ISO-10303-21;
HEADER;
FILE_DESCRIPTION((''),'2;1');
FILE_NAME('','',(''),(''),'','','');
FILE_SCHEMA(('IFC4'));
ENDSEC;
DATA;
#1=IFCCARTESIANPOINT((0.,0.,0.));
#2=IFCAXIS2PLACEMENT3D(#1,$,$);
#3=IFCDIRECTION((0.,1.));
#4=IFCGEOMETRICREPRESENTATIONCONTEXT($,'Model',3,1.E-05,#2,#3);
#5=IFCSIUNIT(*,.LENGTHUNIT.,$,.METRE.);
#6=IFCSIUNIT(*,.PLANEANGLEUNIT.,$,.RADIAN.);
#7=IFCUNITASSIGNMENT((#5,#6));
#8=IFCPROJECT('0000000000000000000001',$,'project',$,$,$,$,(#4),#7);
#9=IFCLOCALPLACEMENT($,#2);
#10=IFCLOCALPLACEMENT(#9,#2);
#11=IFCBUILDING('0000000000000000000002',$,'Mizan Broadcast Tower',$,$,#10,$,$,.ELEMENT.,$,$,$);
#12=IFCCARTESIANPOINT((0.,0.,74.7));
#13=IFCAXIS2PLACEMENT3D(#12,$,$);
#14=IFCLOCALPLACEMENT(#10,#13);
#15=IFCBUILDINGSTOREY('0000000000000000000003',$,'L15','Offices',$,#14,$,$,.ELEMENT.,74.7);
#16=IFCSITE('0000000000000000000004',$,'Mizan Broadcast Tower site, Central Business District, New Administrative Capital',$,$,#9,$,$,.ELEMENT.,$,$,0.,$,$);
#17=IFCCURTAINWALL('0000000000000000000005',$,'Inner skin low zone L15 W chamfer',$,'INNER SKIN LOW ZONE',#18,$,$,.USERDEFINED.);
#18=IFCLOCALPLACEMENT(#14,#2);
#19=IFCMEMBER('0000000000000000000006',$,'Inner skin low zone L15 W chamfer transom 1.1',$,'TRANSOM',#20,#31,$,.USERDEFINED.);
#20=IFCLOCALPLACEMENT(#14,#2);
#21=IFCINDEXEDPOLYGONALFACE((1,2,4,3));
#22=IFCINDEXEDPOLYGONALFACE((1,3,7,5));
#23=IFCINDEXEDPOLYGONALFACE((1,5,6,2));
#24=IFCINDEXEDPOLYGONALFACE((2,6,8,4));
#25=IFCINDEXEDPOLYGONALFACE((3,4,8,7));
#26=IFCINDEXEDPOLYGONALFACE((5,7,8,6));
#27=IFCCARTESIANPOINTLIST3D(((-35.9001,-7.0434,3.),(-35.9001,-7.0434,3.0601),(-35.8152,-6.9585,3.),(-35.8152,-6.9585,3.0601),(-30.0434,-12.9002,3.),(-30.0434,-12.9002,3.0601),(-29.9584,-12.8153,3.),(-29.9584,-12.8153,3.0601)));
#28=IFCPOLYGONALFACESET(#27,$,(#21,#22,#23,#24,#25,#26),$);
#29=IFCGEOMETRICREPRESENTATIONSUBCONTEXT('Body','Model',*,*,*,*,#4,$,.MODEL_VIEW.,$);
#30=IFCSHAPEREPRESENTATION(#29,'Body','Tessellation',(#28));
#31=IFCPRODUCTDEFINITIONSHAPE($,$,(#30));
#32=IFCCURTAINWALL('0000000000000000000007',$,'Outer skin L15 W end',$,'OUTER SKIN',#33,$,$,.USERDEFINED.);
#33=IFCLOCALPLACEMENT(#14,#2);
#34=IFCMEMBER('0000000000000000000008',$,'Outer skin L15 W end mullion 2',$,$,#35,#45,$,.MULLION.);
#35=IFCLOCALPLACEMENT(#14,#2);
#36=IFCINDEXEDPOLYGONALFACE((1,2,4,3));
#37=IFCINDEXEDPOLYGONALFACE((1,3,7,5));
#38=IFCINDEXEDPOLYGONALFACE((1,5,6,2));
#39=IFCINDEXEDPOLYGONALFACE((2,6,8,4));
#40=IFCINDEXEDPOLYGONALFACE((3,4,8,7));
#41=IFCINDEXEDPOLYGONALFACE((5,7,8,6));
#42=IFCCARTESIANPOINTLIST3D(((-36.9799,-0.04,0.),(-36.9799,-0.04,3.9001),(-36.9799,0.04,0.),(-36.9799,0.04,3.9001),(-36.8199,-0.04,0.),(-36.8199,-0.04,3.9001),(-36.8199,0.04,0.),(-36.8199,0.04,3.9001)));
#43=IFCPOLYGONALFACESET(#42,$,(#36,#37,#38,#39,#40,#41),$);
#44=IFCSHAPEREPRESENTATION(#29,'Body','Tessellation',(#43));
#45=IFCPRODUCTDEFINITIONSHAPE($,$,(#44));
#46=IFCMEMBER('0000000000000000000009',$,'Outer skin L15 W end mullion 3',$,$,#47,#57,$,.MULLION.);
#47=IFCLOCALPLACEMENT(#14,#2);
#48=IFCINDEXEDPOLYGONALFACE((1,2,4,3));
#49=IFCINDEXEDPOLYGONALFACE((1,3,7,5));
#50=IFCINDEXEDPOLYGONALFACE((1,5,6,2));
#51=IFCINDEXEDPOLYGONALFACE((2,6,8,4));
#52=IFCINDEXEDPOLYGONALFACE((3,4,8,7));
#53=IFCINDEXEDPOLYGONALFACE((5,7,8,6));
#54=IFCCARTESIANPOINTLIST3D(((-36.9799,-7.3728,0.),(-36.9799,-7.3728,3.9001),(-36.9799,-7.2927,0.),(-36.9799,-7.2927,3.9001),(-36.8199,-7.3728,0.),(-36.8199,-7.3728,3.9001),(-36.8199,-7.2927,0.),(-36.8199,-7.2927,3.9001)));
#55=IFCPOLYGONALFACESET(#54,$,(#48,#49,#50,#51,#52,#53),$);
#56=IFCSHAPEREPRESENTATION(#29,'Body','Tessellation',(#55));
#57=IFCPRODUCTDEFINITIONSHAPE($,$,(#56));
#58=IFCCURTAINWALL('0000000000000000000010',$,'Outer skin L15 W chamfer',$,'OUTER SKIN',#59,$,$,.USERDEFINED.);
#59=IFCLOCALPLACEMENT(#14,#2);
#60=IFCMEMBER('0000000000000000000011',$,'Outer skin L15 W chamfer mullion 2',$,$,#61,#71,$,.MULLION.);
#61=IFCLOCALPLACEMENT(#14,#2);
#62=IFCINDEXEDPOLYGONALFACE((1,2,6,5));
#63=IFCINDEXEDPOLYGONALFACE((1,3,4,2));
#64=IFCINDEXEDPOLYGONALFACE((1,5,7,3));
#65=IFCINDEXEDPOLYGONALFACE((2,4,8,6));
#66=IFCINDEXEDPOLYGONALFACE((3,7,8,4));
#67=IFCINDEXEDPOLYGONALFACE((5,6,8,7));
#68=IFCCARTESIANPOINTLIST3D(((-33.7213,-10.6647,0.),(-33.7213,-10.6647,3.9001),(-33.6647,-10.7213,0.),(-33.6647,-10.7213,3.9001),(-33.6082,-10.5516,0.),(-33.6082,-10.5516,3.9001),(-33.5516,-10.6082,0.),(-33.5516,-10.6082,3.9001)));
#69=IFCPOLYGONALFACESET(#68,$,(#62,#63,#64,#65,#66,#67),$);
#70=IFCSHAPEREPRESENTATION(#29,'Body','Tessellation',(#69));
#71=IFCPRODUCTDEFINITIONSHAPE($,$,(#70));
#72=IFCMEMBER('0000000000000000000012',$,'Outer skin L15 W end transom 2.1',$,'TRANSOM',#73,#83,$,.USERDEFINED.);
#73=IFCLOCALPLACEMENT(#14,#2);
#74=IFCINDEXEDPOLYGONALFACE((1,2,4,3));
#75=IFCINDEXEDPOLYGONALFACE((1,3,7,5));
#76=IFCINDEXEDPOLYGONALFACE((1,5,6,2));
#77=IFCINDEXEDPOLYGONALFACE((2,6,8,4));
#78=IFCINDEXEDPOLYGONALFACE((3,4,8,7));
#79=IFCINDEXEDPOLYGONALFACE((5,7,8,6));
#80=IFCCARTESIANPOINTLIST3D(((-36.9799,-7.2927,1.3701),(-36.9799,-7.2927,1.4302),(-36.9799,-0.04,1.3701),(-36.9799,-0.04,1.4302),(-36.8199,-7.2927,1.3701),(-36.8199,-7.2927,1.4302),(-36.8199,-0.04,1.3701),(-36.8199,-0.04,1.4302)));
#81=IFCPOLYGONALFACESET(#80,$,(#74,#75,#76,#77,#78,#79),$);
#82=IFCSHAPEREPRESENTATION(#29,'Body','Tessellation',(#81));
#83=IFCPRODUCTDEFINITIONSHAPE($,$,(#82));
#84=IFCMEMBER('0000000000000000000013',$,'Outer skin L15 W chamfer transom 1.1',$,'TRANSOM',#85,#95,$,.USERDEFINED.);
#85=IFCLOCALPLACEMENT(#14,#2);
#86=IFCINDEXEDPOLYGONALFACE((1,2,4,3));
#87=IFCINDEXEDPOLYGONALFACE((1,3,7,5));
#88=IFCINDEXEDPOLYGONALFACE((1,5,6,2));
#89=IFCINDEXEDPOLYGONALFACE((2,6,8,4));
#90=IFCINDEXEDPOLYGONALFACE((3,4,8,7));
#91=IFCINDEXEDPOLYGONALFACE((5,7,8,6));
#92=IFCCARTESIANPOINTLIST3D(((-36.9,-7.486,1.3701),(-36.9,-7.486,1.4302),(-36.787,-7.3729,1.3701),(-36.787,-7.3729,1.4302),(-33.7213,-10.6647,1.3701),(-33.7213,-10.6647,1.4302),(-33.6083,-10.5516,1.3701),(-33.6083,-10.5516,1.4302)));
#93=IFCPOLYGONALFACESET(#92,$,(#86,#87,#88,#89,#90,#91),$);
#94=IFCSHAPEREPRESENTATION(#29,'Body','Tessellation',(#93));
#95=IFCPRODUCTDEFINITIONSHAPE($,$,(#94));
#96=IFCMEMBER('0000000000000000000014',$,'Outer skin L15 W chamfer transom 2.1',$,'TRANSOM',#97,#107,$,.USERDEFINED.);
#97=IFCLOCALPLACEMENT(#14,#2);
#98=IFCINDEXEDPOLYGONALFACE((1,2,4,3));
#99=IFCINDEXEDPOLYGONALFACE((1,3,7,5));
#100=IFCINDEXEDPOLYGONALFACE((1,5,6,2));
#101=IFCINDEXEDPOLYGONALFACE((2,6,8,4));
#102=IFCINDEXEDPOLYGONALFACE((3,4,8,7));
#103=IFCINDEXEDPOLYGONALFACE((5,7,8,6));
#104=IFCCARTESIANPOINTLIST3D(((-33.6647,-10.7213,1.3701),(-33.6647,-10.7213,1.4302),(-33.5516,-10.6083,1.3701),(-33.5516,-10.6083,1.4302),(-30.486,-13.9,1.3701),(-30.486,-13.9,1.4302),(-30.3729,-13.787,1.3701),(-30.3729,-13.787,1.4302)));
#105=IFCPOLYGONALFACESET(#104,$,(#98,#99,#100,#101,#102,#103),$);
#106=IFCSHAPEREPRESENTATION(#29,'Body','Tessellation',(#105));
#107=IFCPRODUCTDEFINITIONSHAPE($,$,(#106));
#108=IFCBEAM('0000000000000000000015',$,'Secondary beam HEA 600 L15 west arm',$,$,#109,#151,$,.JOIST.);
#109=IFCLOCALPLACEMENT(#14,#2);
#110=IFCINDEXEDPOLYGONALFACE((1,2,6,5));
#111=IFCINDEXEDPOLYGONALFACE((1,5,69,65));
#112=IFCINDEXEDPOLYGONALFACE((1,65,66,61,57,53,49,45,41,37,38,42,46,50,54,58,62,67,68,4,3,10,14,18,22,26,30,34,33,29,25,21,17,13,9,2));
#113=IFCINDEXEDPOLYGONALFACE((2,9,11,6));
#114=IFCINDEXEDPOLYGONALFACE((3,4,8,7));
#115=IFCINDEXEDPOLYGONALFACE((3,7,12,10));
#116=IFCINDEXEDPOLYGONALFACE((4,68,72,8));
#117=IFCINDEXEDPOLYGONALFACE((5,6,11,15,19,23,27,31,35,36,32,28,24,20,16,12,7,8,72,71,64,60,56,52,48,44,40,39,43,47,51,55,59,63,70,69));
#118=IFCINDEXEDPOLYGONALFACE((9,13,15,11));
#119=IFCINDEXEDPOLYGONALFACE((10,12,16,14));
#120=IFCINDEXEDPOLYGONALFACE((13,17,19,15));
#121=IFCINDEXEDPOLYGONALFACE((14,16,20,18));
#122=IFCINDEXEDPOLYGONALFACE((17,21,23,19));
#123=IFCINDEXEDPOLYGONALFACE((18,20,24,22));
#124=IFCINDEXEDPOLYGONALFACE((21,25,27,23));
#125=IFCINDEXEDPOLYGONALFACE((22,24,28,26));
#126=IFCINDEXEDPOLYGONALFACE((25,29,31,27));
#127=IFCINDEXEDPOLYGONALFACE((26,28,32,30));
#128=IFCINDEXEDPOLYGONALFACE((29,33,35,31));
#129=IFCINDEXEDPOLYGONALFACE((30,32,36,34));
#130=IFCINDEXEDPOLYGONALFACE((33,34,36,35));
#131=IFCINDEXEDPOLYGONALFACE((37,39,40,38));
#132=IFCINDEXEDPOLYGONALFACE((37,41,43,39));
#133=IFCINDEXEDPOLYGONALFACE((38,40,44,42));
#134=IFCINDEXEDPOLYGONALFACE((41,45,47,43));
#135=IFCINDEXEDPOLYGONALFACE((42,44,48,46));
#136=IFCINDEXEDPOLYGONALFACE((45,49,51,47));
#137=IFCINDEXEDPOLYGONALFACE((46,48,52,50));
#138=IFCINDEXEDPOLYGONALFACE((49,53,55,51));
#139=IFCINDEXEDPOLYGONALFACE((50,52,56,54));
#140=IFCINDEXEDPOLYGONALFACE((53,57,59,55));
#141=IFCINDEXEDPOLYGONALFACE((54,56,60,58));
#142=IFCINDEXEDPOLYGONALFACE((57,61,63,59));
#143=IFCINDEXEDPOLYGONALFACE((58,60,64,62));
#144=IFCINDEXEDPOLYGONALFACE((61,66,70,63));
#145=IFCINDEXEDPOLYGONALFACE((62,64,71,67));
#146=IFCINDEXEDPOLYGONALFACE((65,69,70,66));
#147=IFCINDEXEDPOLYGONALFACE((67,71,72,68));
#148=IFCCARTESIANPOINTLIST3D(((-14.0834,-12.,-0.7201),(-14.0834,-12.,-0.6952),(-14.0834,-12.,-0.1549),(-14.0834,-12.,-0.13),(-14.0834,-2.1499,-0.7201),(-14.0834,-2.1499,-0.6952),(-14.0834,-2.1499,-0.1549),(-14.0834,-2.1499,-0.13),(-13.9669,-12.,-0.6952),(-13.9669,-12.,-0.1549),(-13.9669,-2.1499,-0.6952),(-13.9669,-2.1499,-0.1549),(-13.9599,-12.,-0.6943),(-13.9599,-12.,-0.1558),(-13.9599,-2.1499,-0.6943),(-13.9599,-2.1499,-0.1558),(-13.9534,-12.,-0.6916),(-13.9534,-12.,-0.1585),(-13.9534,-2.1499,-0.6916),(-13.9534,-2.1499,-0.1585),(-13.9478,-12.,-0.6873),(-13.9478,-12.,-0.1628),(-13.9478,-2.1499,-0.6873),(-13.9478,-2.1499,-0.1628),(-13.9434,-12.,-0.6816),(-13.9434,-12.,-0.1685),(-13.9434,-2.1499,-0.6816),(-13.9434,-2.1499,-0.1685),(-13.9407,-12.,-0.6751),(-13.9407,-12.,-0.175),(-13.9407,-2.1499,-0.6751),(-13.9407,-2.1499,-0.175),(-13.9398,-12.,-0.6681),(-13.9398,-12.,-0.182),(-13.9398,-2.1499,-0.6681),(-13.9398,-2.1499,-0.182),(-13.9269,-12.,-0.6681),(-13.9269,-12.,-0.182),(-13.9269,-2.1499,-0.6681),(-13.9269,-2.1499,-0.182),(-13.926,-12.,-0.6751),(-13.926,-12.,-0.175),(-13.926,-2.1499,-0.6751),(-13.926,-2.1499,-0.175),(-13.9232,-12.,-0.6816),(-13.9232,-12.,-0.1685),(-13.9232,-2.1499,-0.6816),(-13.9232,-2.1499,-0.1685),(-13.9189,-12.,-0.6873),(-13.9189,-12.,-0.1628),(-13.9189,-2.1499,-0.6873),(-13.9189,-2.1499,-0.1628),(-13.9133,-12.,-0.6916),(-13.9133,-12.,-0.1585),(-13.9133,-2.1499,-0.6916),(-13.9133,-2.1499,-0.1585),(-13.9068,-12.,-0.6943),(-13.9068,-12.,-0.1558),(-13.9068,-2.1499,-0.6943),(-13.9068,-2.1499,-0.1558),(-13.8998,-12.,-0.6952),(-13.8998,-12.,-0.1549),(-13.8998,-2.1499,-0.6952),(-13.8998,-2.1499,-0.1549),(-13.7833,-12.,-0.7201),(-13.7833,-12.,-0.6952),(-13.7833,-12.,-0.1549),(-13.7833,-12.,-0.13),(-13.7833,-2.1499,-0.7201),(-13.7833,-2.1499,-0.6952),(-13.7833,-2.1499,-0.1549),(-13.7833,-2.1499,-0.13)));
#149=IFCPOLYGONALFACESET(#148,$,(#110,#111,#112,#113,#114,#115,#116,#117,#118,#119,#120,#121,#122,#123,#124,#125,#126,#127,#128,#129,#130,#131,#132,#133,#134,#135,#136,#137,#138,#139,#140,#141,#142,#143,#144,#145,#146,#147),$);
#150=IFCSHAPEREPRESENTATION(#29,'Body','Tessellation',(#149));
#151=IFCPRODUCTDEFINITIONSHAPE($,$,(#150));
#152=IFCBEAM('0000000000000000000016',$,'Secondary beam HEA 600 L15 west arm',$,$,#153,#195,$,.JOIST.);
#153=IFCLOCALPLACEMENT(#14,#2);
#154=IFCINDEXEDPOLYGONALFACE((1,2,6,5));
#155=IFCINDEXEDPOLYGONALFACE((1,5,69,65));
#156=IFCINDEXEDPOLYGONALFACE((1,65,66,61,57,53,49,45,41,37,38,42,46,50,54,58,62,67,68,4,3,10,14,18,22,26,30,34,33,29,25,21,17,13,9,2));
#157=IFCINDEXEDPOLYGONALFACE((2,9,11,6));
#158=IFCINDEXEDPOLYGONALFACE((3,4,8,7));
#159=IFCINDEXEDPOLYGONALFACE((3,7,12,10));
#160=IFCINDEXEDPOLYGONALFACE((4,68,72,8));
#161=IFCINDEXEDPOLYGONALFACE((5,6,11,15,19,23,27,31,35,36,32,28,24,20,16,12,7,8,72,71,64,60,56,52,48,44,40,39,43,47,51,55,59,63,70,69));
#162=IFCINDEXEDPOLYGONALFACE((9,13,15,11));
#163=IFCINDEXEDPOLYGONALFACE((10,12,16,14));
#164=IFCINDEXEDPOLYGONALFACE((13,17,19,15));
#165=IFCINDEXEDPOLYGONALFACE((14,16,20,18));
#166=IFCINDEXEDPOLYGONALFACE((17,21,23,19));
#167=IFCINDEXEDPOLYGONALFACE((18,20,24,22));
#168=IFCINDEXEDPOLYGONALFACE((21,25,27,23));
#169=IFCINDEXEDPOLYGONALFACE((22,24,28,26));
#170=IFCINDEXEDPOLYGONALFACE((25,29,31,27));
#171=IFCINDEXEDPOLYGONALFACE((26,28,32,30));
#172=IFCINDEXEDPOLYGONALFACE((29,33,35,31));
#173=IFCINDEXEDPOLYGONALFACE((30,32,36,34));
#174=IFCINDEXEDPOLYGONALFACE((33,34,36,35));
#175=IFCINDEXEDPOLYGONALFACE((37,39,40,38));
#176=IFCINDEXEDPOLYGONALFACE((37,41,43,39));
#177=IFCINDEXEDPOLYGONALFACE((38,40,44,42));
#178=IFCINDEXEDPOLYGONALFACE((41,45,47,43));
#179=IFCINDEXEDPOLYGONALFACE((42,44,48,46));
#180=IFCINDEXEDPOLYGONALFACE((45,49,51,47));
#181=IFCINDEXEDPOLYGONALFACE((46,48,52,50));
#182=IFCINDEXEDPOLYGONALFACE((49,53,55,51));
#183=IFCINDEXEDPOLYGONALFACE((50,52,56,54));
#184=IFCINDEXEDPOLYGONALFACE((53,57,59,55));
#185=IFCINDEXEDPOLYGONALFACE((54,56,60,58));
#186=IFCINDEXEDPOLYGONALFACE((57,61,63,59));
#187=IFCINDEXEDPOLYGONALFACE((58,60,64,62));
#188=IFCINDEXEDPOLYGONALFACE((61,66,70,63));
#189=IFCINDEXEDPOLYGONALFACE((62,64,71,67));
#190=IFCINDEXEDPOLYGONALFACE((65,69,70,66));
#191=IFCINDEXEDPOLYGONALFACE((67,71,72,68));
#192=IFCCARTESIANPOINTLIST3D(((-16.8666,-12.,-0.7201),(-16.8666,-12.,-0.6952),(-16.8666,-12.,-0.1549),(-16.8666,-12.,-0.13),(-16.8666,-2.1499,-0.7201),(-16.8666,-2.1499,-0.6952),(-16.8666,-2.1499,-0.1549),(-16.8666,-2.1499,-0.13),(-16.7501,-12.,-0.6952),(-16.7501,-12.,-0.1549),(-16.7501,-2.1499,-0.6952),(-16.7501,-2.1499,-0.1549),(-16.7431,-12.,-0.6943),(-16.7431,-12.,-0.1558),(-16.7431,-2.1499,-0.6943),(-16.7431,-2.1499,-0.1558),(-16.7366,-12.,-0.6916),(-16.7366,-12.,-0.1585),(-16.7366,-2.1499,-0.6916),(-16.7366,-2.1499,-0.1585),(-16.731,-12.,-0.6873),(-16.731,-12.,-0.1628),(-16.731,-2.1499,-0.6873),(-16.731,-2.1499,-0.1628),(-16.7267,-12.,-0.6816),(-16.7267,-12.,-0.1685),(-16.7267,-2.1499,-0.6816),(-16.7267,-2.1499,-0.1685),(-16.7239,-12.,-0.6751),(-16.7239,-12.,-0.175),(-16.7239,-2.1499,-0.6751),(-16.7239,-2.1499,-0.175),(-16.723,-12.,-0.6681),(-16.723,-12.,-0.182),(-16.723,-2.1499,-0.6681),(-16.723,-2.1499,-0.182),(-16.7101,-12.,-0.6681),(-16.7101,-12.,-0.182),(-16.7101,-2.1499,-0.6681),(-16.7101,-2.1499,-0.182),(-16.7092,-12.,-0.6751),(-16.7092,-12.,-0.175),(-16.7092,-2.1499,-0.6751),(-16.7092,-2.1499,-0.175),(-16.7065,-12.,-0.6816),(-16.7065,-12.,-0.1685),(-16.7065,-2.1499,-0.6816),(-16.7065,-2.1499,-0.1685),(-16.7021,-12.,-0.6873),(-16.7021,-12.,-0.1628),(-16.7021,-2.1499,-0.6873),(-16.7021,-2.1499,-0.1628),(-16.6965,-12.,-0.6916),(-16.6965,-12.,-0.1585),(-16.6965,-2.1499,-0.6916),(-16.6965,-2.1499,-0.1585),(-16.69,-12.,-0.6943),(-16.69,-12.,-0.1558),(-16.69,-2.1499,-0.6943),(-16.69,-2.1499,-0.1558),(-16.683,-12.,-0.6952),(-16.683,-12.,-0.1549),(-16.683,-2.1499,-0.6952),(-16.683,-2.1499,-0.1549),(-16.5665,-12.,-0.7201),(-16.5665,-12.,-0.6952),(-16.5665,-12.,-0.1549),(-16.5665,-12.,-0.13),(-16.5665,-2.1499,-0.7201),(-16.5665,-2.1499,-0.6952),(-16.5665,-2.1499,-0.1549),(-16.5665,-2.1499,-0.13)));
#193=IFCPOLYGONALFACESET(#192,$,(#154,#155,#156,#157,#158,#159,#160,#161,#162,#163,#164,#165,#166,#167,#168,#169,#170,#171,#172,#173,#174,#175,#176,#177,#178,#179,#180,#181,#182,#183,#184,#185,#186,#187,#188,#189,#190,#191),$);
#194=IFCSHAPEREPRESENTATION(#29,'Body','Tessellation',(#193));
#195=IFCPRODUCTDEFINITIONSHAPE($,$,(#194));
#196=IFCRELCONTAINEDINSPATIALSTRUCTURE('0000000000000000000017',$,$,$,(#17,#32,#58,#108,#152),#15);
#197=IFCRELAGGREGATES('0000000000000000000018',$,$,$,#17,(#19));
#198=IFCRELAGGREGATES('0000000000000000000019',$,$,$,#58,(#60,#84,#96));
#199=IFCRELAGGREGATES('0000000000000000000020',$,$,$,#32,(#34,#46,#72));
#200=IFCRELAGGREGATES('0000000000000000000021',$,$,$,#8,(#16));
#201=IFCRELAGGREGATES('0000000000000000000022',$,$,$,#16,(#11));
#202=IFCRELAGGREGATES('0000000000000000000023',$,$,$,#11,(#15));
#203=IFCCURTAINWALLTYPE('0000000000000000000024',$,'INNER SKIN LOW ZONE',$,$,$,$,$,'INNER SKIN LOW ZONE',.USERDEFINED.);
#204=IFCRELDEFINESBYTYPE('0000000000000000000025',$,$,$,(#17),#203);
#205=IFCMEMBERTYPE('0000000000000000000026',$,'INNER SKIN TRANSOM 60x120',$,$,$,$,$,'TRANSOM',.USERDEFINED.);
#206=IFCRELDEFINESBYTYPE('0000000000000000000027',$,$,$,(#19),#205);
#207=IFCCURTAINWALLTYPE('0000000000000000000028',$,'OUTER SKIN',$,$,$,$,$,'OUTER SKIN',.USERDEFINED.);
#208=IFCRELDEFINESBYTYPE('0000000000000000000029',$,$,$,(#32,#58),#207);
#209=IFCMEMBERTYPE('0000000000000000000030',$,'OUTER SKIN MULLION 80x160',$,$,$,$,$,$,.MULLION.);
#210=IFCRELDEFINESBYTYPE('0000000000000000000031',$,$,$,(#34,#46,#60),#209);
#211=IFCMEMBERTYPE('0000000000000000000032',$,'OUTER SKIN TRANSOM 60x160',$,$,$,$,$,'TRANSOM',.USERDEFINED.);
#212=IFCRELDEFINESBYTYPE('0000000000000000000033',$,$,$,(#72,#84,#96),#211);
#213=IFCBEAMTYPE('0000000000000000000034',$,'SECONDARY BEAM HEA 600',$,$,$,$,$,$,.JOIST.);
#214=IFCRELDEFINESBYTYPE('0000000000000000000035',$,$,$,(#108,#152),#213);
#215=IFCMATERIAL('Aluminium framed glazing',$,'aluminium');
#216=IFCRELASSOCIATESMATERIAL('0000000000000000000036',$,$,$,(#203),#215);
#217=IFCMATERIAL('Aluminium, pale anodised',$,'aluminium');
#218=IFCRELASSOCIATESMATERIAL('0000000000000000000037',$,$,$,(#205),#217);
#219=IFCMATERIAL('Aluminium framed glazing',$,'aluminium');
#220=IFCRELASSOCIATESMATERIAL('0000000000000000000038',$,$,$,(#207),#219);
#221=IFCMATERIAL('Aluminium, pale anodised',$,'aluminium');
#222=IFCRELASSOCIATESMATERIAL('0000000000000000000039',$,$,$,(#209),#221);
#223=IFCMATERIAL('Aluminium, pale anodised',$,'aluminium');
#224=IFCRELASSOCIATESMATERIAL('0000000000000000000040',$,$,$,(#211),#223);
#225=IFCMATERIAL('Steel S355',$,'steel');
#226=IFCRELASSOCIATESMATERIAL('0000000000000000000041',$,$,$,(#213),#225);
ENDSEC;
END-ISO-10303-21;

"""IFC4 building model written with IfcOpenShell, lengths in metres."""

from ifc_helpers import new_model, si_unit, direction, frame, origin, origin_2d, place, context, subcontext, project, spatial, rectangle, i_section, extrude, material, material_profile, profile_set, type_object, element, aggregate, save


model = new_model("IFC4")

# Units and contexts
model_context = context("Model", 3, precision=1e-05, world=origin(), true_north=direction((0.0, 1.0)))
body_context = subcontext(model_context, "Body", "Model", "MODEL_VIEW")
ifc_project = project(units=[si_unit("LENGTHUNIT", "METRE"), si_unit("PLANEANGLEUNIT", "RADIAN")], contexts=[model_context])

# Site, building, storey
site_placement = place(None, origin())
site = spatial("IfcSite", under=ifc_project, at=site_placement, Name="Mizan Broadcast Tower site, Central Business District, New Administrative Capital", CompositionType="ELEMENT", RefElevation=0.0)
building_placement = place(site_placement, origin())
building = spatial("IfcBuilding", under=site, at=building_placement, Name="Mizan Broadcast Tower", CompositionType="ELEMENT")
storey_placement = place(building_placement, frame((0.0, 0.0, 74.7)))
storey = spatial("IfcBuildingStorey", under=building, at=storey_placement, Name="L15", Description="Offices", CompositionType="ELEMENT", Elevation=74.7)

# Shared definitions
ifc_material_1 = material(Name="Aluminium framed glazing", Category="aluminium")
curtain_wall_type_1 = type_object("IfcCurtainWallType", Name="INNER SKIN LOW ZONE", ElementType="INNER SKIN LOW ZONE", PredefinedType="USERDEFINED", material=ifc_material_1)
ifc_material_2 = material(Name="Aluminium, pale anodised", Category="aluminium")
ifc_material_profile_1 = material_profile(ifc_material_2, rectangle(XDim=0.1201, YDim=0.0601, at=origin_2d()), Name="TRANSOM 120x60")
ifc_profile_set_1 = profile_set([ifc_material_profile_1], Name="Aluminium, pale anodised")
member_type_1 = type_object("IfcMemberType", Name="INNER SKIN TRANSOM 60x120", ElementType="TRANSOM", PredefinedType="USERDEFINED", material=ifc_profile_set_1)

# Curtain wall, member
curtain_wall_1_placement = place(storey_placement, origin())
curtain_wall_1 = element("IfcCurtainWall", 1, at=curtain_wall_1_placement, inside=storey, type_object=curtain_wall_type_1, Name="Inner skin low zone L15 W chamfer", ObjectType="INNER SKIN LOW ZONE", PredefinedType="USERDEFINED")
member_1_placement = place(storey_placement, frame((-35.8577, -7.001, 3.03), z_axis=(0.707107, -0.707107, 0.0), x_axis=(0.707107, 0.707107, 0.0)))
member_1 = element("IfcMember", 2, at=member_1_placement, type_object=member_type_1, Name="Inner skin low zone L15 W chamfer transom 1.1", ObjectType="TRANSOM", PredefinedType="USERDEFINED", context=body_context, shape_type="SweptSolid", body=[
    extrude(rectangle(XDim=0.1201, YDim=0.0601, at=origin_2d()), origin(), (0.0, 0.0, 1.0), 8.2827),
])

# Curtain wall, members
ifc_material_3 = material(Name="Aluminium framed glazing", Category="aluminium")
curtain_wall_type_2 = type_object("IfcCurtainWallType", Name="OUTER SKIN", ElementType="OUTER SKIN", PredefinedType="USERDEFINED", material=ifc_material_3)
curtain_wall_2_placement = place(storey_placement, origin())
curtain_wall_2 = element("IfcCurtainWall", 3, at=curtain_wall_2_placement, inside=storey, type_object=curtain_wall_type_2, Name="Outer skin L15 W end", ObjectType="OUTER SKIN", PredefinedType="USERDEFINED")
ifc_material_4 = material(Name="Aluminium, pale anodised", Category="aluminium")
ifc_material_profile_2 = material_profile(ifc_material_4, rectangle(XDim=0.1599, YDim=0.0801, at=origin_2d()), Name="MULLION 160x80")
ifc_profile_set_2 = profile_set([ifc_material_profile_2], Name="Aluminium, pale anodised")
member_type_2 = type_object("IfcMemberType", Name="OUTER SKIN MULLION 80x160", PredefinedType="MULLION", material=ifc_profile_set_2)
member_2_placement = place(storey_placement, frame((-36.8999, 0.0, 0.0), z_axis=(0.0, 0.0, 1.0), x_axis=(1.0, 0.0, 0.0)))
member_2 = element("IfcMember", 4, at=member_2_placement, type_object=member_type_2, Name="Outer skin L15 W end mullion 2", PredefinedType="MULLION", context=body_context, shape_type="SweptSolid", body=[
    extrude(rectangle(XDim=0.1599, YDim=0.0801, at=origin_2d()), origin(), (0.0, 0.0, 1.0), 3.9001),
])
member_3_placement = place(storey_placement, frame((-36.8999, -7.3328, 0.0), z_axis=(0.0, 0.0, 1.0), x_axis=(1.0, 0.0, 0.0)))
member_3 = element("IfcMember", 5, at=member_3_placement, type_object=member_type_2, Name="Outer skin L15 W end mullion 3", PredefinedType="MULLION", context=body_context, shape_type="SweptSolid", body=[
    extrude(rectangle(XDim=0.1599, YDim=0.0801, at=origin_2d()), origin(), (0.0, 0.0, 1.0), 3.9001),
])

# Curtain wall, member
curtain_wall_3_placement = place(storey_placement, origin())
curtain_wall_3 = element("IfcCurtainWall", 6, at=curtain_wall_3_placement, inside=storey, type_object=curtain_wall_type_2, Name="Outer skin L15 W chamfer", ObjectType="OUTER SKIN", PredefinedType="USERDEFINED")
member_4_placement = place(storey_placement, frame((-33.6365, -10.6365, 0.0), z_axis=(0.0, 0.0, 1.0), x_axis=(0.707107, 0.707107, 0.0)))
member_4 = element("IfcMember", 7, at=member_4_placement, type_object=member_type_2, Name="Outer skin L15 W chamfer mullion 2", PredefinedType="MULLION", context=body_context, shape_type="SweptSolid", body=[
    extrude(rectangle(XDim=0.1599, YDim=0.0801, at=origin_2d()), origin(), (0.0, 0.0, 1.0), 3.9001),
])

# Members
ifc_material_5 = material(Name="Aluminium, pale anodised", Category="aluminium")
ifc_material_profile_3 = material_profile(ifc_material_5, rectangle(XDim=0.1599, YDim=0.0601, at=origin_2d()), Name="TRANSOM 160x60")
ifc_profile_set_3 = profile_set([ifc_material_profile_3], Name="Aluminium, pale anodised")
member_type_3 = type_object("IfcMemberType", Name="OUTER SKIN TRANSOM 60x160", ElementType="TRANSOM", PredefinedType="USERDEFINED", material=ifc_profile_set_3)
member_5_placement = place(storey_placement, frame((-36.8999, -0.04, 1.4001), z_axis=(0.0, -1.0, 0.0), x_axis=(1.0, 0.0, 0.0)))
member_5 = element("IfcMember", 8, at=member_5_placement, type_object=member_type_3, Name="Outer skin L15 W end transom 2.1", ObjectType="TRANSOM", PredefinedType="USERDEFINED", context=body_context, shape_type="SweptSolid", body=[
    extrude(rectangle(XDim=0.1599, YDim=0.0601, at=origin_2d()), origin(), (0.0, 0.0, 1.0), 7.2527),
])
member_6_placement = place(storey_placement, frame((-36.8435, -7.4294, 1.4001), z_axis=(0.707107, -0.707107, 0.0), x_axis=(0.707107, 0.707107, 0.0)))
member_6 = element("IfcMember", 9, at=member_6_placement, type_object=member_type_3, Name="Outer skin L15 W chamfer transom 1.1", ObjectType="TRANSOM", PredefinedType="USERDEFINED", context=body_context, shape_type="SweptSolid", body=[
    extrude(rectangle(XDim=0.1599, YDim=0.0601, at=origin_2d()), origin(), (0.0, 0.0, 1.0), 4.4954),
])
member_7_placement = place(storey_placement, frame((-33.6082, -10.6648, 1.4001), z_axis=(0.707107, -0.707107, 0.0), x_axis=(0.707107, 0.707107, 0.0)))
member_7 = element("IfcMember", 10, at=member_7_placement, type_object=member_type_3, Name="Outer skin L15 W chamfer transom 2.1", ObjectType="TRANSOM", PredefinedType="USERDEFINED", context=body_context, shape_type="SweptSolid", body=[
    extrude(rectangle(XDim=0.1599, YDim=0.0601, at=origin_2d()), origin(), (0.0, 0.0, 1.0), 4.4954),
])

# Beams
ifc_material_6 = material(Name="Steel S355", Category="steel")
ifc_material_profile_4 = material_profile(ifc_material_6, i_section(OverallWidth=0.3, OverallDepth=0.5901, WebThickness=0.0129, FlangeThickness=0.0249, FilletRadius=0.0271, at=origin_2d()), Name="HEA 600")
ifc_profile_set_4 = profile_set([ifc_material_profile_4], Name="Steel S355")
beam_type_1 = type_object("IfcBeamType", Name="SECONDARY BEAM HEA 600", PredefinedType="JOIST", material=ifc_profile_set_4)
for number, where, z_axis, x_axis, name in (
    (11, (-13.9333, -12.0, -0.425), (0.0, 1.0, 0.0), (-1.0, 0.0, 0.0), "Secondary beam HEA 600 L15 west arm"),
    (12, (-16.7166, -12.0, -0.425), (0.0, 1.0, 0.0), (-1.0, 0.0, 0.0), "Secondary beam HEA 600 L15 west arm"),
):
    element("IfcBeam", number, at=place(storey_placement, frame(where, z_axis=z_axis, x_axis=x_axis)), inside=storey, type_object=beam_type_1, Name=name, PredefinedType="JOIST", context=body_context, shape_type="SweptSolid", body=[
        extrude(i_section(OverallWidth=0.3, OverallDepth=0.5901, WebThickness=0.0129, FlangeThickness=0.0249, FilletRadius=0.0271, at=origin_2d()), origin(), (0.0, 0.0, 1.0), 9.8501),
    ])

aggregate(curtain_wall_1, [member_1])
aggregate(curtain_wall_3, [member_4, member_6, member_7])
aggregate(curtain_wall_2, [member_2, member_3, member_5])

save(model, "model.ifc")
